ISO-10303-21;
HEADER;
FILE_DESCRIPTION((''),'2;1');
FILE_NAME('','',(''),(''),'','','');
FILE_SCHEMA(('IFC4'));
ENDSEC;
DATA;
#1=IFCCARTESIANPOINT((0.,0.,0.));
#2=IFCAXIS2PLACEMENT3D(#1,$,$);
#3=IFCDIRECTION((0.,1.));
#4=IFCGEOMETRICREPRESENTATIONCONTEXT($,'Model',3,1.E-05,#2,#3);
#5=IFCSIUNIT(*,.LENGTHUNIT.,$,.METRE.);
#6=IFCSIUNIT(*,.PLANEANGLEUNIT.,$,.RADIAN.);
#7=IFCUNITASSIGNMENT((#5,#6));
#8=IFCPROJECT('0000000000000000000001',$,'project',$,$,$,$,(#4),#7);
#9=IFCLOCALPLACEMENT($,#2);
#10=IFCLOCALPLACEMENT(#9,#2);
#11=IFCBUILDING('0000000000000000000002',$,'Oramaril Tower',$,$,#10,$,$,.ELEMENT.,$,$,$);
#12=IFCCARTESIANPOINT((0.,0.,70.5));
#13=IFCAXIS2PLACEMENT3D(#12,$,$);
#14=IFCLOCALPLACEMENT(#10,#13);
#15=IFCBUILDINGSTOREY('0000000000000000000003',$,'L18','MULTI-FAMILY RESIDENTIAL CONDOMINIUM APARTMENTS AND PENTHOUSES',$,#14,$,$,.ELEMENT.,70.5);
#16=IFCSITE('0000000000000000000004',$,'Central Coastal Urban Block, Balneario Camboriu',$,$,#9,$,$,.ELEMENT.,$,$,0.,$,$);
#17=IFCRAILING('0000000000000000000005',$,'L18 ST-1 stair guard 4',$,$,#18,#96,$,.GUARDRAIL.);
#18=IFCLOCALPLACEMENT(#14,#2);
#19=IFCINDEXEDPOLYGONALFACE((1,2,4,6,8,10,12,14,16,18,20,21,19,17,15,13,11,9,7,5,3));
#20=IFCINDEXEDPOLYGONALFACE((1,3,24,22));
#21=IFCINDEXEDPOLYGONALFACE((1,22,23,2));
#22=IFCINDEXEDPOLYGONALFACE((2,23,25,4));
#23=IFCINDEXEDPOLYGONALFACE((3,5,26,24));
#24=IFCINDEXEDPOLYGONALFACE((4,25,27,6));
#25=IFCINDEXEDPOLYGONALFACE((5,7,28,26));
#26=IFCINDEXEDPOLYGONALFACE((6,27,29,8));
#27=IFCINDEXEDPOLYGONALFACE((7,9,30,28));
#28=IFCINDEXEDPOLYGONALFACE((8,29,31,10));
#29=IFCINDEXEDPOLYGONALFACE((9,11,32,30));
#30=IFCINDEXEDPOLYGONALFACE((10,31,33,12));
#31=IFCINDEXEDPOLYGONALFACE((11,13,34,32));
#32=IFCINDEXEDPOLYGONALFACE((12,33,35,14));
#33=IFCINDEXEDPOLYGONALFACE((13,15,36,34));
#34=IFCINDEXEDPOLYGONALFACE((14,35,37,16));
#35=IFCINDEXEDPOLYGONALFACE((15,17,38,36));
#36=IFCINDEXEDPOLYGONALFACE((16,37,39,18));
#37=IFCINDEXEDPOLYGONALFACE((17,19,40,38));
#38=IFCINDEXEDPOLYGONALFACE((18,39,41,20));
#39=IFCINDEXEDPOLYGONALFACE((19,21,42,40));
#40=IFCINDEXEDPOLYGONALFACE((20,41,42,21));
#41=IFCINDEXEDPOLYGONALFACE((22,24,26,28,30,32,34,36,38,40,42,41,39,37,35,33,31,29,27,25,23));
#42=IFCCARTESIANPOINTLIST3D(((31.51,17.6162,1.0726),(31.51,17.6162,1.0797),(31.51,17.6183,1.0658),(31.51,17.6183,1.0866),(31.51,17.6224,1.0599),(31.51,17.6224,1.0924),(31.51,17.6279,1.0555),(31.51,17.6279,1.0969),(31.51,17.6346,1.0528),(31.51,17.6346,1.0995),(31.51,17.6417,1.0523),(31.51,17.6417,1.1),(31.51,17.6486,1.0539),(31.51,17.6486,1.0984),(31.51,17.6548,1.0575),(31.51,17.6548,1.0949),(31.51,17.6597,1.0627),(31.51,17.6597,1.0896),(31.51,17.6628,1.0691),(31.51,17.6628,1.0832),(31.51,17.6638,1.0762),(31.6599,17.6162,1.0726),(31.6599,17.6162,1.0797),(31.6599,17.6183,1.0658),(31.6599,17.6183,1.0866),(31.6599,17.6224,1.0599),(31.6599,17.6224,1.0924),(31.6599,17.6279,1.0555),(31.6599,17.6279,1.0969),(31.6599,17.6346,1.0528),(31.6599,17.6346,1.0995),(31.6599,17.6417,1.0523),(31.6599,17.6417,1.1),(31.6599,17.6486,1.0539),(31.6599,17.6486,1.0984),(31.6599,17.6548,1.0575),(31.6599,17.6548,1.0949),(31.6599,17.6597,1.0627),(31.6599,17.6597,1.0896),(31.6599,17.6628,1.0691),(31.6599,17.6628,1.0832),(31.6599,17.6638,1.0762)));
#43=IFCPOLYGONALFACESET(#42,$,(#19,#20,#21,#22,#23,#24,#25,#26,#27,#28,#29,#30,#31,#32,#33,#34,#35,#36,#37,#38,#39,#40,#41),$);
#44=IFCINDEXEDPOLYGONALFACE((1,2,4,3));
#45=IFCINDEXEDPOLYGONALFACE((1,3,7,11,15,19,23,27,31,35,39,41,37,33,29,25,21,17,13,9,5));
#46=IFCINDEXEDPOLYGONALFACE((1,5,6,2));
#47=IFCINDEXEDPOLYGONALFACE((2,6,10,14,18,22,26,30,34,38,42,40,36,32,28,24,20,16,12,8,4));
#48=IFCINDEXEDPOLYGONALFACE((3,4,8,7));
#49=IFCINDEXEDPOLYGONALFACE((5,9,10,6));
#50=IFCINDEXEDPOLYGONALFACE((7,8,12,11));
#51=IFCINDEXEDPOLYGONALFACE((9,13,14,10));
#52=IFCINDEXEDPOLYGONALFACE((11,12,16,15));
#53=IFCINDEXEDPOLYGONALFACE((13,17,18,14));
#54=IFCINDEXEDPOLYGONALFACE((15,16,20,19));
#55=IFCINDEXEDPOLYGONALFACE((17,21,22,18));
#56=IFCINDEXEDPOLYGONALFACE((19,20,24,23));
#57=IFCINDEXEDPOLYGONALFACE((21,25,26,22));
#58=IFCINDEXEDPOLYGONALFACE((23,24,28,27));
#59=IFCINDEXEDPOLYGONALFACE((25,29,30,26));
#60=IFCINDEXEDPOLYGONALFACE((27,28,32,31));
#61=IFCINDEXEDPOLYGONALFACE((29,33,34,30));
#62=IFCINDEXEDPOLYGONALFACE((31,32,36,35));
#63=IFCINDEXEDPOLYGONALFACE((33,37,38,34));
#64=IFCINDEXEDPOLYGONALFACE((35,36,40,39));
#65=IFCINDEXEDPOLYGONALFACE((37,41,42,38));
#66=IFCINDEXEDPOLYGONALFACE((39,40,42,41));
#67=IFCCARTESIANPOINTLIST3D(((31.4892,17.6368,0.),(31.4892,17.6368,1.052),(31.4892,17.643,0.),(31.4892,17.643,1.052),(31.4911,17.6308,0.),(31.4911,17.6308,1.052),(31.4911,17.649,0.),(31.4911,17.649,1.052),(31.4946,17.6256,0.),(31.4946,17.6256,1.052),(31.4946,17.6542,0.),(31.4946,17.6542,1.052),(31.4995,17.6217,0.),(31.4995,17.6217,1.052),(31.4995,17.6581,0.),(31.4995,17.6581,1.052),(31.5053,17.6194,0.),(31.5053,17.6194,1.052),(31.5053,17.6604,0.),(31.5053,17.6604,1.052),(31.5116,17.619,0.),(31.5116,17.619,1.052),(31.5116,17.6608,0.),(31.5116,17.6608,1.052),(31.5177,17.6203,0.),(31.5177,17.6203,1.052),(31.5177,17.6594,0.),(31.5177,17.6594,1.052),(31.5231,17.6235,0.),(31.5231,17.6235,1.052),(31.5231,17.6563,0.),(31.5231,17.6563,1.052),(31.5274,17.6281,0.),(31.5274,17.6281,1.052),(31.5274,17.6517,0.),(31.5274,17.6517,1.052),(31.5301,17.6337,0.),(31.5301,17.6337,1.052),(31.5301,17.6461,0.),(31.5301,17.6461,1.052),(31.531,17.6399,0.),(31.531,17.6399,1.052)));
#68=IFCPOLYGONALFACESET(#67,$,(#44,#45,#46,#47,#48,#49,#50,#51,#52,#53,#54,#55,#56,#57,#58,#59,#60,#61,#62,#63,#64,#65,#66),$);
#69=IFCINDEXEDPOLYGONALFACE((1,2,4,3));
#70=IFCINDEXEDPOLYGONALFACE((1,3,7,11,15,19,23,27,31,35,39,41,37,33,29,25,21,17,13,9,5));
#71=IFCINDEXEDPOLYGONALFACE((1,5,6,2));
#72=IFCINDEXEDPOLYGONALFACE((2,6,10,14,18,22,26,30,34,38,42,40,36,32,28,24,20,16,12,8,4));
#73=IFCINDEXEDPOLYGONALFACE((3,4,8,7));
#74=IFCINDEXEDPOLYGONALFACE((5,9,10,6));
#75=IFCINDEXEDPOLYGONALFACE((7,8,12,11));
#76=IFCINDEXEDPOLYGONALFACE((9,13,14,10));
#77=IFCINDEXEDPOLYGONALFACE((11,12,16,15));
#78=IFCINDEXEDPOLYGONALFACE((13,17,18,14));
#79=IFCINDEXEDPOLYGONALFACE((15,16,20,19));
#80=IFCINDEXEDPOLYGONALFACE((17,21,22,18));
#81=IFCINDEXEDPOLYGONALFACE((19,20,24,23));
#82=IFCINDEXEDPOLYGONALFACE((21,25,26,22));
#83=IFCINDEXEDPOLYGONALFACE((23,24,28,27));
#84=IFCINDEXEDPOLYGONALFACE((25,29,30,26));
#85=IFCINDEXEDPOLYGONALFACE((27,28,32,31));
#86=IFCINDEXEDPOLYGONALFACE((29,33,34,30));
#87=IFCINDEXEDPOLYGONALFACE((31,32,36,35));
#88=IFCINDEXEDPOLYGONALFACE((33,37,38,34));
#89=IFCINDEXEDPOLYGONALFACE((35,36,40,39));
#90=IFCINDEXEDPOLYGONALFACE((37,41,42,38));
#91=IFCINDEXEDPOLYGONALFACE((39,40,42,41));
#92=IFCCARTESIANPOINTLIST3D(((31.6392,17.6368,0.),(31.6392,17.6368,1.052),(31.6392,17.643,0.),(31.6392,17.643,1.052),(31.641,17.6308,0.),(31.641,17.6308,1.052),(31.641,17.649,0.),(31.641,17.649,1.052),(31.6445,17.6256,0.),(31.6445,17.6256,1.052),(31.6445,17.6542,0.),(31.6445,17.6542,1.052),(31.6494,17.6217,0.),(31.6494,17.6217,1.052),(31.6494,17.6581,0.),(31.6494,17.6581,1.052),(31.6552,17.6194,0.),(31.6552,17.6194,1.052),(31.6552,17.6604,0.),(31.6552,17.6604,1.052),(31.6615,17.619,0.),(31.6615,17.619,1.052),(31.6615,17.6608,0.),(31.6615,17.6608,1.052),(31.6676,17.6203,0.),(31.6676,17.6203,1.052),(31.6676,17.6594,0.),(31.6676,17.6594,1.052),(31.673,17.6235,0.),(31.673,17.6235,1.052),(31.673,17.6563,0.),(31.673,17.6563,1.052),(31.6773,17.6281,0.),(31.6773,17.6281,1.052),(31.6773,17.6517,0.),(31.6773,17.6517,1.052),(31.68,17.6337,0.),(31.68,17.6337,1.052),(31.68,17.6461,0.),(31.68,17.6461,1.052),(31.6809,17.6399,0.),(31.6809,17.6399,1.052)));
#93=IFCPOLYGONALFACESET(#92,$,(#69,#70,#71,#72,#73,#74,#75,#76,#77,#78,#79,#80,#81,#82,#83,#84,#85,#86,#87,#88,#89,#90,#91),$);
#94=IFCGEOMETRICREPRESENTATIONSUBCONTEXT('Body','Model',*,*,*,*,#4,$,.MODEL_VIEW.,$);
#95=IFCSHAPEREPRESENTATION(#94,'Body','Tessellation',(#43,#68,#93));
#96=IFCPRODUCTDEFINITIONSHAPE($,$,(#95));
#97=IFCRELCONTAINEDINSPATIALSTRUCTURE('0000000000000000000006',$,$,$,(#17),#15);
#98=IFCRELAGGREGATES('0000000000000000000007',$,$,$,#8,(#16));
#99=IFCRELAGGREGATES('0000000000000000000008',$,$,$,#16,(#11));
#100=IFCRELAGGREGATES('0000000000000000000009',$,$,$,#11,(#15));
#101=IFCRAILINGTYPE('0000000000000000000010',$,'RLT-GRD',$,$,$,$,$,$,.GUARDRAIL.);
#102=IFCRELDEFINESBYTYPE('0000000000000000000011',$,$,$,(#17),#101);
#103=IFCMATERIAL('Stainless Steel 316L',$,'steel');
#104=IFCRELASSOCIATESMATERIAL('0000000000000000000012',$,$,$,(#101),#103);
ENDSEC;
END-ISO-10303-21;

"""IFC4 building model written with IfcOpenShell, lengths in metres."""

from ifc_helpers import new_model, si_unit, direction, frame, origin, origin_2d, place, context, subcontext, project, spatial, circle, extrude, material, type_object, element, save


model = new_model("IFC4")

# Units and contexts
model_context = context("Model", 3, precision=1e-05, world=origin(), true_north=direction((0.0, 1.0)))
body_context = subcontext(model_context, "Body", "Model", "MODEL_VIEW")
ifc_project = project(units=[si_unit("LENGTHUNIT", "METRE"), si_unit("PLANEANGLEUNIT", "RADIAN")], contexts=[model_context])

# Site, building, storey
site_placement = place(None, origin())
site = spatial("IfcSite", under=ifc_project, at=site_placement, Name="Central Coastal Urban Block, Balneario Camboriu", CompositionType="ELEMENT", RefElevation=0.0)
building_placement = place(site_placement, origin())
building = spatial("IfcBuilding", under=site, at=building_placement, Name="Oramaril Tower", CompositionType="ELEMENT")
storey_placement = place(building_placement, frame((0.0, 0.0, 70.5)))
storey = spatial("IfcBuildingStorey", under=building, at=storey_placement, Name="L18", Description="MULTI-FAMILY RESIDENTIAL CONDOMINIUM APARTMENTS AND PENTHOUSES", CompositionType="ELEMENT", Elevation=70.5)

# Railing
ifc_material_1 = material(Name="Stainless Steel 316L", Category="steel")
railing_type_1 = type_object("IfcRailingType", Name="RLT-GRD", PredefinedType="GUARDRAIL", material=ifc_material_1)
railing_1_placement = place(storey_placement, frame((31.51, 17.6399, 0.0)))
element("IfcRailing", 1, at=railing_1_placement, inside=storey, type_object=railing_type_1, Name="L18 ST-1 stair guard 4", PredefinedType="GUARDRAIL", context=body_context, shape_type="SweptSolid", body=[
    extrude(circle(Radius=0.0239, at=origin_2d()), frame((0.0, 0.0, 1.0762), z_axis=(1.0, 0.0, 0.0), x_axis=(0.0, 1.0, 0.0)), (0.0, 0.0, 1.0), 0.1499),
    extrude(circle(Radius=0.021, at=origin_2d()), origin(), (0.0, 0.0, 1.0), 1.052),
    extrude(circle(Radius=0.021, at=origin_2d()), frame((0.1499, 0.0, 0.0)), (0.0, 0.0, 1.0), 1.052),
])

save(model, "model.ifc")
